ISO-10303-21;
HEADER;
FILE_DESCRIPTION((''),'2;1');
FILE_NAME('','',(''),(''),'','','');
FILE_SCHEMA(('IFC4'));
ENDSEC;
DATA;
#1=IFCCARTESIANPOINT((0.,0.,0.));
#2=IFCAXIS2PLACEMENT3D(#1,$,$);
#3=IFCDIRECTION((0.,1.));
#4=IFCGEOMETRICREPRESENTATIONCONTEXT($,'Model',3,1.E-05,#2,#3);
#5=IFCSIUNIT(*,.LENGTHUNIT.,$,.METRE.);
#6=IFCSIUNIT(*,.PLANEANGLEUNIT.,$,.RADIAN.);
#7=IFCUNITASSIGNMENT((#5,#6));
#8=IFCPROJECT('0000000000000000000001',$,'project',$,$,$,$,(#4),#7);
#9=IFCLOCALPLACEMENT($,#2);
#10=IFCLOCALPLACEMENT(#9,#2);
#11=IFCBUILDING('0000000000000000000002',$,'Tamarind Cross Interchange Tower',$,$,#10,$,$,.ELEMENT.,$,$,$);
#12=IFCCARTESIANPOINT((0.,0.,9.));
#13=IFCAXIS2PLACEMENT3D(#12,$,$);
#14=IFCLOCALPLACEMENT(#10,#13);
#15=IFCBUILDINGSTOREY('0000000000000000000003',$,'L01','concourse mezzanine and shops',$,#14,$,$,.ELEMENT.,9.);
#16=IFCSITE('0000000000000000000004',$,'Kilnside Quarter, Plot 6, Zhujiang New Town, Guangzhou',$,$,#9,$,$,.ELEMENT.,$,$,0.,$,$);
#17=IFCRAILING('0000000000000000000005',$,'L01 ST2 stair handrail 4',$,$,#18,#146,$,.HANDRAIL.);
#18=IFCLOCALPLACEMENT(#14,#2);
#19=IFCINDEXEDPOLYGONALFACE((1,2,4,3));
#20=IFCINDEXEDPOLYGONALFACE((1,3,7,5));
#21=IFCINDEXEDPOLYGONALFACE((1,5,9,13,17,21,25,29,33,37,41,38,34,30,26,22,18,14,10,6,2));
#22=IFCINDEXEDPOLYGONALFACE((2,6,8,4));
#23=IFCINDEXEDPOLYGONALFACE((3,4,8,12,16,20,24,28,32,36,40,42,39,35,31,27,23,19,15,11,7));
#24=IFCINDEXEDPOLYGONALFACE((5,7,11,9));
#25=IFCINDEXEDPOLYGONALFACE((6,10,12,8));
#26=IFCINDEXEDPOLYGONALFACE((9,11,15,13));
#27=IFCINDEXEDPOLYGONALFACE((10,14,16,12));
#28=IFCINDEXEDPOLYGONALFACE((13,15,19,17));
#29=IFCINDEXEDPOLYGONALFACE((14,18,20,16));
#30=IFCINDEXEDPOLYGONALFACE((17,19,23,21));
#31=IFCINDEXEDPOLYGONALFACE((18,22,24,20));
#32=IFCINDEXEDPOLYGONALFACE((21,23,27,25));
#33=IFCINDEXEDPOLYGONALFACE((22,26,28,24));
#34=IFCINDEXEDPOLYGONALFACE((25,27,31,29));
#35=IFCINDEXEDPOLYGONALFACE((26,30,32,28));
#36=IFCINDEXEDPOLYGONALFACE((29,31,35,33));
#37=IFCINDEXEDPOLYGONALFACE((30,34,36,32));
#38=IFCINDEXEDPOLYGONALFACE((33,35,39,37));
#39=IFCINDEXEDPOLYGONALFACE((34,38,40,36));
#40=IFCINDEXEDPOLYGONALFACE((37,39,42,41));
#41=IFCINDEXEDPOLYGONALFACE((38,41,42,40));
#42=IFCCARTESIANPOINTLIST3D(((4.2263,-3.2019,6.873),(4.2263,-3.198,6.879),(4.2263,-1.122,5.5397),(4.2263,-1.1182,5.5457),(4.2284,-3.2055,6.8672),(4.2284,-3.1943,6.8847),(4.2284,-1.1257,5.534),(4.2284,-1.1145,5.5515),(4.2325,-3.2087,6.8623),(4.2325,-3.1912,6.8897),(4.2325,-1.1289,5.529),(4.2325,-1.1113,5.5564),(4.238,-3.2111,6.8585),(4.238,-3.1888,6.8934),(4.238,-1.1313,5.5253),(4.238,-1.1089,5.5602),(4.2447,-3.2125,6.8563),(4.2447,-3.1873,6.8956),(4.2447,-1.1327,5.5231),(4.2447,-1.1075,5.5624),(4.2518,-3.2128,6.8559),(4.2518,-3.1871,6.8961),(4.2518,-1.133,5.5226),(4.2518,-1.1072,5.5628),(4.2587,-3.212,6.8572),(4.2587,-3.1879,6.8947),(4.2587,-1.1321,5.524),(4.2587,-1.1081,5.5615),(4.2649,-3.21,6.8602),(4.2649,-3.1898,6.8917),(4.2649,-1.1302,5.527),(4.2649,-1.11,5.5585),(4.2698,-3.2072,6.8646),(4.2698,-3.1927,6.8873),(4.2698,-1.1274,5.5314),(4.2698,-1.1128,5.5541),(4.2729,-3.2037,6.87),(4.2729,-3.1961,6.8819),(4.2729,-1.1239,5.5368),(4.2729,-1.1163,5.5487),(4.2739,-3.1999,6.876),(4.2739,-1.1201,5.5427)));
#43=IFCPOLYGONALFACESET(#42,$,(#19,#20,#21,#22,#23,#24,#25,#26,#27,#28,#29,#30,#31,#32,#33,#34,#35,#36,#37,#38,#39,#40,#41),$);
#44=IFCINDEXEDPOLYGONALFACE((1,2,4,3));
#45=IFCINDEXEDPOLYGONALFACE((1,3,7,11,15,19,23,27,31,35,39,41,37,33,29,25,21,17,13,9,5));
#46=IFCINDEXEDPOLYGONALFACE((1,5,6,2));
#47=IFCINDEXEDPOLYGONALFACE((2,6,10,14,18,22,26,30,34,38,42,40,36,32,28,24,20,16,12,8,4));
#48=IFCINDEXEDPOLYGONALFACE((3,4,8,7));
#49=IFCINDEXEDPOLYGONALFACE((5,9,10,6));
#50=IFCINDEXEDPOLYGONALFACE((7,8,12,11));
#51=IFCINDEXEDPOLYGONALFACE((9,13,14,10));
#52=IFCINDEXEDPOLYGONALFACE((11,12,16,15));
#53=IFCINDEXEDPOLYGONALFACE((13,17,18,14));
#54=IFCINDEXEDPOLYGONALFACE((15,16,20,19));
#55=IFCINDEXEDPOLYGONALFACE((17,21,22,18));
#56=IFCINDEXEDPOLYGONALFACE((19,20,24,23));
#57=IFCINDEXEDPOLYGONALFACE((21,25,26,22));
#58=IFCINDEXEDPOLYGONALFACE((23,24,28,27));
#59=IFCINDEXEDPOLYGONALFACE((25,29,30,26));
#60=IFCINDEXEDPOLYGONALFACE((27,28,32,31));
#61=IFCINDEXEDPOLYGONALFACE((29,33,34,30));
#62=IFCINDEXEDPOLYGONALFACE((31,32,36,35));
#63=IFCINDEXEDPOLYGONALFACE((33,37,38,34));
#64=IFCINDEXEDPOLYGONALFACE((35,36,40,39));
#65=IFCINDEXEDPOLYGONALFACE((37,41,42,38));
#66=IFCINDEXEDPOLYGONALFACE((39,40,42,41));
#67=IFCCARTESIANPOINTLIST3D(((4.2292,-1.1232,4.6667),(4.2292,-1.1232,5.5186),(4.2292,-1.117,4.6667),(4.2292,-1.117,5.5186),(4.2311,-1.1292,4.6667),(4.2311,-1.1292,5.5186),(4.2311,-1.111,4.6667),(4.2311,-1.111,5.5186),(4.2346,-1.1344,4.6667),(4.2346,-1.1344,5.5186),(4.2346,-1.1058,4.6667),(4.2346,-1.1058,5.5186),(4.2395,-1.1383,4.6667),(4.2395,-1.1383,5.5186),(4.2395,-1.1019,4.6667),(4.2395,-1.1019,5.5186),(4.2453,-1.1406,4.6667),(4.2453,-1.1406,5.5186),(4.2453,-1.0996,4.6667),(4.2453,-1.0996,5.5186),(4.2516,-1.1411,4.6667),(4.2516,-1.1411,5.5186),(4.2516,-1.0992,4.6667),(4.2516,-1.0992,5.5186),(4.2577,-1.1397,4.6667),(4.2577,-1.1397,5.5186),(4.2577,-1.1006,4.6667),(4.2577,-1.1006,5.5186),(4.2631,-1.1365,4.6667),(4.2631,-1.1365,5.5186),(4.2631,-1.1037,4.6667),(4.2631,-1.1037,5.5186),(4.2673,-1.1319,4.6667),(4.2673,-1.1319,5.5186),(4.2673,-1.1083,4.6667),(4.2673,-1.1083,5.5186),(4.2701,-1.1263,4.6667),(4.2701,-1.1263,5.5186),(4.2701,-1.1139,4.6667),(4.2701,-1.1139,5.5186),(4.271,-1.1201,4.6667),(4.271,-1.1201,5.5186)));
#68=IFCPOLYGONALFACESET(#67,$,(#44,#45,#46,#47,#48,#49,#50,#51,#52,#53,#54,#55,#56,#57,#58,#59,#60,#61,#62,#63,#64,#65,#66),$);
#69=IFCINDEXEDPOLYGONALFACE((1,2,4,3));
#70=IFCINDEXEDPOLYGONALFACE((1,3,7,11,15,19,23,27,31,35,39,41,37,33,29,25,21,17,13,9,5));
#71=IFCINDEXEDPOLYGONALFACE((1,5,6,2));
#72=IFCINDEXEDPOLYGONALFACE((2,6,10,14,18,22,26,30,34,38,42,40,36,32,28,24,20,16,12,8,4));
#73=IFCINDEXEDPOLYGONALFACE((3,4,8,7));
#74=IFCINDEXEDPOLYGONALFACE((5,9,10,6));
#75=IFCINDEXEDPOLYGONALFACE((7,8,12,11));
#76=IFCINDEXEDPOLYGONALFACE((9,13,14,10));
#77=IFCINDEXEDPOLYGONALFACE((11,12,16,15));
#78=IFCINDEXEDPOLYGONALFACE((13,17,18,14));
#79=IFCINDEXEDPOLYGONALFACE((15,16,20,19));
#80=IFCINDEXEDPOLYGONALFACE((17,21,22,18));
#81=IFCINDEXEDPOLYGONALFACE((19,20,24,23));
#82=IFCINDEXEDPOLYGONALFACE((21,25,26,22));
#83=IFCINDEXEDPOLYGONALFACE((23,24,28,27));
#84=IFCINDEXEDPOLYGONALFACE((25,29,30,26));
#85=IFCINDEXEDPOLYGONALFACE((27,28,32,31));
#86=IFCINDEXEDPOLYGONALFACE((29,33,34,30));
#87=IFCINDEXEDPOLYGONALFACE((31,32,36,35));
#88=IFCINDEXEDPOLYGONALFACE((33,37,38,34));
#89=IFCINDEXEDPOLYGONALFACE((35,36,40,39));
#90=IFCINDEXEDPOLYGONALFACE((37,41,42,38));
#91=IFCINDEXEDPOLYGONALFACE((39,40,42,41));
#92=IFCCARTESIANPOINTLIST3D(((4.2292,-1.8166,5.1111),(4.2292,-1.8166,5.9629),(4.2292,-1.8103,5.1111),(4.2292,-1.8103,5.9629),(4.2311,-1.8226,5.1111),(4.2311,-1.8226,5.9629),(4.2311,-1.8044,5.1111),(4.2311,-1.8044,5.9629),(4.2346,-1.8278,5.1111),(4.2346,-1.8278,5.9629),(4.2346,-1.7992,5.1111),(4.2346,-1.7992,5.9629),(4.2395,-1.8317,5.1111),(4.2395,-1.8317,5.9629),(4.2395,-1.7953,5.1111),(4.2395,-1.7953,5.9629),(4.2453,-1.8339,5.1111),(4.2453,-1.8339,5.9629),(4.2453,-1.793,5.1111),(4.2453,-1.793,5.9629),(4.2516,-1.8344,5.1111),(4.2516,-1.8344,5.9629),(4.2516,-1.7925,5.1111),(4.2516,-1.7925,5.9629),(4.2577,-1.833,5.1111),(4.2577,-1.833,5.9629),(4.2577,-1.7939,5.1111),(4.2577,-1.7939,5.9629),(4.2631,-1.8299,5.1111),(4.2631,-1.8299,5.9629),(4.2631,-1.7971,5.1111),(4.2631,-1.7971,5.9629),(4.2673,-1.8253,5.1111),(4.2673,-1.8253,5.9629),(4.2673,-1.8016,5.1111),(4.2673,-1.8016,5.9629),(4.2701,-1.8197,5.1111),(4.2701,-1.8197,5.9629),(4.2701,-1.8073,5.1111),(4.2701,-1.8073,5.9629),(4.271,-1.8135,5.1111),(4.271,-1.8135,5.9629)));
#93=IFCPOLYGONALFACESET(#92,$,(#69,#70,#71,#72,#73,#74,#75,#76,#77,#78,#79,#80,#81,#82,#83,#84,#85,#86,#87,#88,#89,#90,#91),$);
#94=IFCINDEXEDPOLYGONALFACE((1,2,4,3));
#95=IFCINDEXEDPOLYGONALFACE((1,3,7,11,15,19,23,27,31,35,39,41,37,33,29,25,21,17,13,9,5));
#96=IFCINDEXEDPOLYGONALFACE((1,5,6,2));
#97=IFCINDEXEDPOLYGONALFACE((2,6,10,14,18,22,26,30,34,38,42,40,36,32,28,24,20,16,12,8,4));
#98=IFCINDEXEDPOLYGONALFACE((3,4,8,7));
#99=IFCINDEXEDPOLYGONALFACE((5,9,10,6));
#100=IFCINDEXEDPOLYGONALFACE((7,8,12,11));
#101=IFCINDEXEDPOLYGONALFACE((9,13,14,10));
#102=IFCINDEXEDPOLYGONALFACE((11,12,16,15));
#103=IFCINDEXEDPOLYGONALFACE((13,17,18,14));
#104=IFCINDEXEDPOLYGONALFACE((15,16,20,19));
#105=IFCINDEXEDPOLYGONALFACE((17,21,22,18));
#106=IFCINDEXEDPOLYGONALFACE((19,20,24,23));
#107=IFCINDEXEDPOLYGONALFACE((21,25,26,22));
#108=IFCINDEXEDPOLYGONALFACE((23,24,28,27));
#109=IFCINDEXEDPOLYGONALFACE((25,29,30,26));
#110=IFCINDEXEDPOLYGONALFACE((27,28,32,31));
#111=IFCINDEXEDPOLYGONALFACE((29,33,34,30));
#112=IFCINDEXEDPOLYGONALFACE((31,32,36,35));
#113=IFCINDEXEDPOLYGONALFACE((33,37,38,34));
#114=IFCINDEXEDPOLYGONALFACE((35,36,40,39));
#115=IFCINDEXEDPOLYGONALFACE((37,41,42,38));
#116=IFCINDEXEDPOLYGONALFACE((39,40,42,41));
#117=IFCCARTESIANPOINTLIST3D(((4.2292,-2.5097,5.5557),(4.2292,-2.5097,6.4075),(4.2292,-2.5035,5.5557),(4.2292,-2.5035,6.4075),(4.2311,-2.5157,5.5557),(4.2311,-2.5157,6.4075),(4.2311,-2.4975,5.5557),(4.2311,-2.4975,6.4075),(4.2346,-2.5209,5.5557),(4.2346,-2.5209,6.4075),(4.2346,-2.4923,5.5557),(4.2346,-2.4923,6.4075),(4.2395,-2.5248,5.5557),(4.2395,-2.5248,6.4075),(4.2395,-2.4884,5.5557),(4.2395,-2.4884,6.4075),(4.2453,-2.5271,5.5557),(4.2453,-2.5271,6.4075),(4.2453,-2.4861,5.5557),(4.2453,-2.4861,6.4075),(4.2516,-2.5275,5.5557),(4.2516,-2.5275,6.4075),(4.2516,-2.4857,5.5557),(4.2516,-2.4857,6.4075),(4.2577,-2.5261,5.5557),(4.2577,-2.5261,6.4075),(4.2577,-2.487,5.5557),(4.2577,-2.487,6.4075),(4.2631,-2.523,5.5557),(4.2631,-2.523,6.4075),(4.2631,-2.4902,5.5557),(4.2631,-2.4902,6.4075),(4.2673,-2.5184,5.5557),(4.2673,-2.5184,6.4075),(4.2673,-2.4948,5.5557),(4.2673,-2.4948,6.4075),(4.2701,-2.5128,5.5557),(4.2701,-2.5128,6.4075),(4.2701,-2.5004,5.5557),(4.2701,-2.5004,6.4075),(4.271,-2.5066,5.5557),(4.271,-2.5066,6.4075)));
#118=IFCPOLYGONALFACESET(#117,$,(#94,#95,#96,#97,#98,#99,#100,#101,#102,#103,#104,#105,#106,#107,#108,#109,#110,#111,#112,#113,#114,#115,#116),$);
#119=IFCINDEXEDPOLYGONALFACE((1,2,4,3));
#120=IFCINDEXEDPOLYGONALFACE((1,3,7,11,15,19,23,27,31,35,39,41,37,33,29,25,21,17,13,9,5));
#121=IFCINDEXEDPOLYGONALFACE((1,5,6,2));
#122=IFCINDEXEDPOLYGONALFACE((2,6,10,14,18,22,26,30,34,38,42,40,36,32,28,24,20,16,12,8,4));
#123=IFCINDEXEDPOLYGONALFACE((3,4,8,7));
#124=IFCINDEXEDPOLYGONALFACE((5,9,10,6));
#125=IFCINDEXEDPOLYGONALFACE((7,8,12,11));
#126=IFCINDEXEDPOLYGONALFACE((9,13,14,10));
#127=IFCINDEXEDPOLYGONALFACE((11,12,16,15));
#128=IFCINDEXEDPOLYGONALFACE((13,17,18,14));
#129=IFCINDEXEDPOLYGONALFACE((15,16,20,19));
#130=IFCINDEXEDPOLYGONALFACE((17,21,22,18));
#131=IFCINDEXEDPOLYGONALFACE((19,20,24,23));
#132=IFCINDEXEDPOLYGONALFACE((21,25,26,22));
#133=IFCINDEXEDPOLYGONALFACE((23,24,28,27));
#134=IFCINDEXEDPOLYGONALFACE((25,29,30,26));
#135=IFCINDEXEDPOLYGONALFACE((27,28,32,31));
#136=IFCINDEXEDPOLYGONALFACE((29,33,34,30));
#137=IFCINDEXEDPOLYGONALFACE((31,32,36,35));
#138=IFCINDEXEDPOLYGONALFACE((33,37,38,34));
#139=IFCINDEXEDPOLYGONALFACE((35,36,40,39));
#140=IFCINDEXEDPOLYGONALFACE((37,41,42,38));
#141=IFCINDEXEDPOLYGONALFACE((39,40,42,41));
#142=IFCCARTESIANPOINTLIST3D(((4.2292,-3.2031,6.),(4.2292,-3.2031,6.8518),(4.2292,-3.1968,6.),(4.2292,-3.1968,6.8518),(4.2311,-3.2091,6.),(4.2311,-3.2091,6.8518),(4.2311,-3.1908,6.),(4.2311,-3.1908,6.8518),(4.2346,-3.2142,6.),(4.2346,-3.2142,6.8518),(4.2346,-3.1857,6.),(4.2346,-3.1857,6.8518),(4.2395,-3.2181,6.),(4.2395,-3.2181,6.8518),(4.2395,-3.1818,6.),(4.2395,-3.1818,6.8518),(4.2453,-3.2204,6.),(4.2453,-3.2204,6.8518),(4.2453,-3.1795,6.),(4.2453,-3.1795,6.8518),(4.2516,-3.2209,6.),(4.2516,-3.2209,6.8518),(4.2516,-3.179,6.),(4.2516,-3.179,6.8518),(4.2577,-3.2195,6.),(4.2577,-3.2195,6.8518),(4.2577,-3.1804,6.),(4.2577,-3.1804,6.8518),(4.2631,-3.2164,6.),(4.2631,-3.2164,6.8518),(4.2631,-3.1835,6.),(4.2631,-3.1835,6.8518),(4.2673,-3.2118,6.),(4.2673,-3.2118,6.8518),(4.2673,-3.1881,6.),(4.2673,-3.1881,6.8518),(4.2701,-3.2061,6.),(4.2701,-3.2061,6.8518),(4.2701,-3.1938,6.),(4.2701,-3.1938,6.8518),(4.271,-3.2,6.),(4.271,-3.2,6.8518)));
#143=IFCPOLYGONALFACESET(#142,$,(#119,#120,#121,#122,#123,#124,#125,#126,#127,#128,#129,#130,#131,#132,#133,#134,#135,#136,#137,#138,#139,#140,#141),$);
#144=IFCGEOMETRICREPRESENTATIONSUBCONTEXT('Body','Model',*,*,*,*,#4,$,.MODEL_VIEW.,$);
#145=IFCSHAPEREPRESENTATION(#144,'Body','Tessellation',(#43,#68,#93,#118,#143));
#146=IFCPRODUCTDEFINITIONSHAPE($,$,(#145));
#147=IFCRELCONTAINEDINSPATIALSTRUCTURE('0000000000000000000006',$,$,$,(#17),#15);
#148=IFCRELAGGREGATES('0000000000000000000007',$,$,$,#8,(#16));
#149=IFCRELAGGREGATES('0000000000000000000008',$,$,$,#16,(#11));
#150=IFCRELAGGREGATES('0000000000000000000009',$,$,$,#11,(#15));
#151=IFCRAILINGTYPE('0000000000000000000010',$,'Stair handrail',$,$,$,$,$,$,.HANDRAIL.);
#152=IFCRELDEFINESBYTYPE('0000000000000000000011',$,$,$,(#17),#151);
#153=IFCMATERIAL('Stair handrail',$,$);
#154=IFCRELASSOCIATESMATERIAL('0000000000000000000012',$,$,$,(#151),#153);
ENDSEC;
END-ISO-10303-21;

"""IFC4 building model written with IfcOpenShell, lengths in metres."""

from ifc_helpers import new_model, si_unit, direction, frame, origin, origin_2d, place, context, subcontext, project, spatial, circle, extrude, material, type_object, element, save


model = new_model("IFC4")

# Units and contexts
model_context = context("Model", 3, precision=1e-05, world=origin(), true_north=direction((0.0, 1.0)))
body_context = subcontext(model_context, "Body", "Model", "MODEL_VIEW")
ifc_project = project(units=[si_unit("LENGTHUNIT", "METRE"), si_unit("PLANEANGLEUNIT", "RADIAN")], contexts=[model_context])

# Site, building, storey
site_placement = place(None, origin())
site = spatial("IfcSite", under=ifc_project, at=site_placement, Name="Kilnside Quarter, Plot 6, Zhujiang New Town, Guangzhou", CompositionType="ELEMENT", RefElevation=0.0)
building_placement = place(site_placement, origin())
building = spatial("IfcBuilding", under=site, at=building_placement, Name="Tamarind Cross Interchange Tower", CompositionType="ELEMENT")
storey_placement = place(building_placement, frame((0.0, 0.0, 9.0)))
storey = spatial("IfcBuildingStorey", under=building, at=storey_placement, Name="L01", Description="concourse mezzanine and shops", CompositionType="ELEMENT", Elevation=9.0)

# Railing
ifc_material_1 = material(Name="Stair handrail")
railing_type_1 = type_object("IfcRailingType", Name="Stair handrail", PredefinedType="HANDRAIL", material=ifc_material_1)
railing_1_placement = place(storey_placement, frame((4.25, -1.1201, 4.6667)))
element("IfcRailing", 1, at=railing_1_placement, inside=storey, type_object=railing_type_1, Name="L01 ST2 stair handrail 4", PredefinedType="HANDRAIL", context=body_context, shape_type="SweptSolid", body=[
    extrude(circle(Radius=0.0239, at=origin_2d()), frame((0.0, 0.0, 0.876), z_axis=(0.0, -0.841875, 0.539673), x_axis=(1.0, 0.0, 0.0)), (0.0, 0.0, 1.0), 2.4705),
    extrude(circle(Radius=0.021, at=origin_2d()), origin(), (0.0, 0.0, 1.0), 0.8518),
    extrude(circle(Radius=0.021, at=origin_2d()), frame((0.0, -0.6934, 0.4443)), (0.0, 0.0, 1.0), 0.8518),
    extrude(circle(Radius=0.021, at=origin_2d()), frame((0.0, -1.3865, 0.8889)), (0.0, 0.0, 1.0), 0.8518),
    extrude(circle(Radius=0.021, at=origin_2d()), frame((0.0, -2.0798, 1.3333)), (0.0, 0.0, 1.0), 0.8518),
])

save(model, "model.ifc")
